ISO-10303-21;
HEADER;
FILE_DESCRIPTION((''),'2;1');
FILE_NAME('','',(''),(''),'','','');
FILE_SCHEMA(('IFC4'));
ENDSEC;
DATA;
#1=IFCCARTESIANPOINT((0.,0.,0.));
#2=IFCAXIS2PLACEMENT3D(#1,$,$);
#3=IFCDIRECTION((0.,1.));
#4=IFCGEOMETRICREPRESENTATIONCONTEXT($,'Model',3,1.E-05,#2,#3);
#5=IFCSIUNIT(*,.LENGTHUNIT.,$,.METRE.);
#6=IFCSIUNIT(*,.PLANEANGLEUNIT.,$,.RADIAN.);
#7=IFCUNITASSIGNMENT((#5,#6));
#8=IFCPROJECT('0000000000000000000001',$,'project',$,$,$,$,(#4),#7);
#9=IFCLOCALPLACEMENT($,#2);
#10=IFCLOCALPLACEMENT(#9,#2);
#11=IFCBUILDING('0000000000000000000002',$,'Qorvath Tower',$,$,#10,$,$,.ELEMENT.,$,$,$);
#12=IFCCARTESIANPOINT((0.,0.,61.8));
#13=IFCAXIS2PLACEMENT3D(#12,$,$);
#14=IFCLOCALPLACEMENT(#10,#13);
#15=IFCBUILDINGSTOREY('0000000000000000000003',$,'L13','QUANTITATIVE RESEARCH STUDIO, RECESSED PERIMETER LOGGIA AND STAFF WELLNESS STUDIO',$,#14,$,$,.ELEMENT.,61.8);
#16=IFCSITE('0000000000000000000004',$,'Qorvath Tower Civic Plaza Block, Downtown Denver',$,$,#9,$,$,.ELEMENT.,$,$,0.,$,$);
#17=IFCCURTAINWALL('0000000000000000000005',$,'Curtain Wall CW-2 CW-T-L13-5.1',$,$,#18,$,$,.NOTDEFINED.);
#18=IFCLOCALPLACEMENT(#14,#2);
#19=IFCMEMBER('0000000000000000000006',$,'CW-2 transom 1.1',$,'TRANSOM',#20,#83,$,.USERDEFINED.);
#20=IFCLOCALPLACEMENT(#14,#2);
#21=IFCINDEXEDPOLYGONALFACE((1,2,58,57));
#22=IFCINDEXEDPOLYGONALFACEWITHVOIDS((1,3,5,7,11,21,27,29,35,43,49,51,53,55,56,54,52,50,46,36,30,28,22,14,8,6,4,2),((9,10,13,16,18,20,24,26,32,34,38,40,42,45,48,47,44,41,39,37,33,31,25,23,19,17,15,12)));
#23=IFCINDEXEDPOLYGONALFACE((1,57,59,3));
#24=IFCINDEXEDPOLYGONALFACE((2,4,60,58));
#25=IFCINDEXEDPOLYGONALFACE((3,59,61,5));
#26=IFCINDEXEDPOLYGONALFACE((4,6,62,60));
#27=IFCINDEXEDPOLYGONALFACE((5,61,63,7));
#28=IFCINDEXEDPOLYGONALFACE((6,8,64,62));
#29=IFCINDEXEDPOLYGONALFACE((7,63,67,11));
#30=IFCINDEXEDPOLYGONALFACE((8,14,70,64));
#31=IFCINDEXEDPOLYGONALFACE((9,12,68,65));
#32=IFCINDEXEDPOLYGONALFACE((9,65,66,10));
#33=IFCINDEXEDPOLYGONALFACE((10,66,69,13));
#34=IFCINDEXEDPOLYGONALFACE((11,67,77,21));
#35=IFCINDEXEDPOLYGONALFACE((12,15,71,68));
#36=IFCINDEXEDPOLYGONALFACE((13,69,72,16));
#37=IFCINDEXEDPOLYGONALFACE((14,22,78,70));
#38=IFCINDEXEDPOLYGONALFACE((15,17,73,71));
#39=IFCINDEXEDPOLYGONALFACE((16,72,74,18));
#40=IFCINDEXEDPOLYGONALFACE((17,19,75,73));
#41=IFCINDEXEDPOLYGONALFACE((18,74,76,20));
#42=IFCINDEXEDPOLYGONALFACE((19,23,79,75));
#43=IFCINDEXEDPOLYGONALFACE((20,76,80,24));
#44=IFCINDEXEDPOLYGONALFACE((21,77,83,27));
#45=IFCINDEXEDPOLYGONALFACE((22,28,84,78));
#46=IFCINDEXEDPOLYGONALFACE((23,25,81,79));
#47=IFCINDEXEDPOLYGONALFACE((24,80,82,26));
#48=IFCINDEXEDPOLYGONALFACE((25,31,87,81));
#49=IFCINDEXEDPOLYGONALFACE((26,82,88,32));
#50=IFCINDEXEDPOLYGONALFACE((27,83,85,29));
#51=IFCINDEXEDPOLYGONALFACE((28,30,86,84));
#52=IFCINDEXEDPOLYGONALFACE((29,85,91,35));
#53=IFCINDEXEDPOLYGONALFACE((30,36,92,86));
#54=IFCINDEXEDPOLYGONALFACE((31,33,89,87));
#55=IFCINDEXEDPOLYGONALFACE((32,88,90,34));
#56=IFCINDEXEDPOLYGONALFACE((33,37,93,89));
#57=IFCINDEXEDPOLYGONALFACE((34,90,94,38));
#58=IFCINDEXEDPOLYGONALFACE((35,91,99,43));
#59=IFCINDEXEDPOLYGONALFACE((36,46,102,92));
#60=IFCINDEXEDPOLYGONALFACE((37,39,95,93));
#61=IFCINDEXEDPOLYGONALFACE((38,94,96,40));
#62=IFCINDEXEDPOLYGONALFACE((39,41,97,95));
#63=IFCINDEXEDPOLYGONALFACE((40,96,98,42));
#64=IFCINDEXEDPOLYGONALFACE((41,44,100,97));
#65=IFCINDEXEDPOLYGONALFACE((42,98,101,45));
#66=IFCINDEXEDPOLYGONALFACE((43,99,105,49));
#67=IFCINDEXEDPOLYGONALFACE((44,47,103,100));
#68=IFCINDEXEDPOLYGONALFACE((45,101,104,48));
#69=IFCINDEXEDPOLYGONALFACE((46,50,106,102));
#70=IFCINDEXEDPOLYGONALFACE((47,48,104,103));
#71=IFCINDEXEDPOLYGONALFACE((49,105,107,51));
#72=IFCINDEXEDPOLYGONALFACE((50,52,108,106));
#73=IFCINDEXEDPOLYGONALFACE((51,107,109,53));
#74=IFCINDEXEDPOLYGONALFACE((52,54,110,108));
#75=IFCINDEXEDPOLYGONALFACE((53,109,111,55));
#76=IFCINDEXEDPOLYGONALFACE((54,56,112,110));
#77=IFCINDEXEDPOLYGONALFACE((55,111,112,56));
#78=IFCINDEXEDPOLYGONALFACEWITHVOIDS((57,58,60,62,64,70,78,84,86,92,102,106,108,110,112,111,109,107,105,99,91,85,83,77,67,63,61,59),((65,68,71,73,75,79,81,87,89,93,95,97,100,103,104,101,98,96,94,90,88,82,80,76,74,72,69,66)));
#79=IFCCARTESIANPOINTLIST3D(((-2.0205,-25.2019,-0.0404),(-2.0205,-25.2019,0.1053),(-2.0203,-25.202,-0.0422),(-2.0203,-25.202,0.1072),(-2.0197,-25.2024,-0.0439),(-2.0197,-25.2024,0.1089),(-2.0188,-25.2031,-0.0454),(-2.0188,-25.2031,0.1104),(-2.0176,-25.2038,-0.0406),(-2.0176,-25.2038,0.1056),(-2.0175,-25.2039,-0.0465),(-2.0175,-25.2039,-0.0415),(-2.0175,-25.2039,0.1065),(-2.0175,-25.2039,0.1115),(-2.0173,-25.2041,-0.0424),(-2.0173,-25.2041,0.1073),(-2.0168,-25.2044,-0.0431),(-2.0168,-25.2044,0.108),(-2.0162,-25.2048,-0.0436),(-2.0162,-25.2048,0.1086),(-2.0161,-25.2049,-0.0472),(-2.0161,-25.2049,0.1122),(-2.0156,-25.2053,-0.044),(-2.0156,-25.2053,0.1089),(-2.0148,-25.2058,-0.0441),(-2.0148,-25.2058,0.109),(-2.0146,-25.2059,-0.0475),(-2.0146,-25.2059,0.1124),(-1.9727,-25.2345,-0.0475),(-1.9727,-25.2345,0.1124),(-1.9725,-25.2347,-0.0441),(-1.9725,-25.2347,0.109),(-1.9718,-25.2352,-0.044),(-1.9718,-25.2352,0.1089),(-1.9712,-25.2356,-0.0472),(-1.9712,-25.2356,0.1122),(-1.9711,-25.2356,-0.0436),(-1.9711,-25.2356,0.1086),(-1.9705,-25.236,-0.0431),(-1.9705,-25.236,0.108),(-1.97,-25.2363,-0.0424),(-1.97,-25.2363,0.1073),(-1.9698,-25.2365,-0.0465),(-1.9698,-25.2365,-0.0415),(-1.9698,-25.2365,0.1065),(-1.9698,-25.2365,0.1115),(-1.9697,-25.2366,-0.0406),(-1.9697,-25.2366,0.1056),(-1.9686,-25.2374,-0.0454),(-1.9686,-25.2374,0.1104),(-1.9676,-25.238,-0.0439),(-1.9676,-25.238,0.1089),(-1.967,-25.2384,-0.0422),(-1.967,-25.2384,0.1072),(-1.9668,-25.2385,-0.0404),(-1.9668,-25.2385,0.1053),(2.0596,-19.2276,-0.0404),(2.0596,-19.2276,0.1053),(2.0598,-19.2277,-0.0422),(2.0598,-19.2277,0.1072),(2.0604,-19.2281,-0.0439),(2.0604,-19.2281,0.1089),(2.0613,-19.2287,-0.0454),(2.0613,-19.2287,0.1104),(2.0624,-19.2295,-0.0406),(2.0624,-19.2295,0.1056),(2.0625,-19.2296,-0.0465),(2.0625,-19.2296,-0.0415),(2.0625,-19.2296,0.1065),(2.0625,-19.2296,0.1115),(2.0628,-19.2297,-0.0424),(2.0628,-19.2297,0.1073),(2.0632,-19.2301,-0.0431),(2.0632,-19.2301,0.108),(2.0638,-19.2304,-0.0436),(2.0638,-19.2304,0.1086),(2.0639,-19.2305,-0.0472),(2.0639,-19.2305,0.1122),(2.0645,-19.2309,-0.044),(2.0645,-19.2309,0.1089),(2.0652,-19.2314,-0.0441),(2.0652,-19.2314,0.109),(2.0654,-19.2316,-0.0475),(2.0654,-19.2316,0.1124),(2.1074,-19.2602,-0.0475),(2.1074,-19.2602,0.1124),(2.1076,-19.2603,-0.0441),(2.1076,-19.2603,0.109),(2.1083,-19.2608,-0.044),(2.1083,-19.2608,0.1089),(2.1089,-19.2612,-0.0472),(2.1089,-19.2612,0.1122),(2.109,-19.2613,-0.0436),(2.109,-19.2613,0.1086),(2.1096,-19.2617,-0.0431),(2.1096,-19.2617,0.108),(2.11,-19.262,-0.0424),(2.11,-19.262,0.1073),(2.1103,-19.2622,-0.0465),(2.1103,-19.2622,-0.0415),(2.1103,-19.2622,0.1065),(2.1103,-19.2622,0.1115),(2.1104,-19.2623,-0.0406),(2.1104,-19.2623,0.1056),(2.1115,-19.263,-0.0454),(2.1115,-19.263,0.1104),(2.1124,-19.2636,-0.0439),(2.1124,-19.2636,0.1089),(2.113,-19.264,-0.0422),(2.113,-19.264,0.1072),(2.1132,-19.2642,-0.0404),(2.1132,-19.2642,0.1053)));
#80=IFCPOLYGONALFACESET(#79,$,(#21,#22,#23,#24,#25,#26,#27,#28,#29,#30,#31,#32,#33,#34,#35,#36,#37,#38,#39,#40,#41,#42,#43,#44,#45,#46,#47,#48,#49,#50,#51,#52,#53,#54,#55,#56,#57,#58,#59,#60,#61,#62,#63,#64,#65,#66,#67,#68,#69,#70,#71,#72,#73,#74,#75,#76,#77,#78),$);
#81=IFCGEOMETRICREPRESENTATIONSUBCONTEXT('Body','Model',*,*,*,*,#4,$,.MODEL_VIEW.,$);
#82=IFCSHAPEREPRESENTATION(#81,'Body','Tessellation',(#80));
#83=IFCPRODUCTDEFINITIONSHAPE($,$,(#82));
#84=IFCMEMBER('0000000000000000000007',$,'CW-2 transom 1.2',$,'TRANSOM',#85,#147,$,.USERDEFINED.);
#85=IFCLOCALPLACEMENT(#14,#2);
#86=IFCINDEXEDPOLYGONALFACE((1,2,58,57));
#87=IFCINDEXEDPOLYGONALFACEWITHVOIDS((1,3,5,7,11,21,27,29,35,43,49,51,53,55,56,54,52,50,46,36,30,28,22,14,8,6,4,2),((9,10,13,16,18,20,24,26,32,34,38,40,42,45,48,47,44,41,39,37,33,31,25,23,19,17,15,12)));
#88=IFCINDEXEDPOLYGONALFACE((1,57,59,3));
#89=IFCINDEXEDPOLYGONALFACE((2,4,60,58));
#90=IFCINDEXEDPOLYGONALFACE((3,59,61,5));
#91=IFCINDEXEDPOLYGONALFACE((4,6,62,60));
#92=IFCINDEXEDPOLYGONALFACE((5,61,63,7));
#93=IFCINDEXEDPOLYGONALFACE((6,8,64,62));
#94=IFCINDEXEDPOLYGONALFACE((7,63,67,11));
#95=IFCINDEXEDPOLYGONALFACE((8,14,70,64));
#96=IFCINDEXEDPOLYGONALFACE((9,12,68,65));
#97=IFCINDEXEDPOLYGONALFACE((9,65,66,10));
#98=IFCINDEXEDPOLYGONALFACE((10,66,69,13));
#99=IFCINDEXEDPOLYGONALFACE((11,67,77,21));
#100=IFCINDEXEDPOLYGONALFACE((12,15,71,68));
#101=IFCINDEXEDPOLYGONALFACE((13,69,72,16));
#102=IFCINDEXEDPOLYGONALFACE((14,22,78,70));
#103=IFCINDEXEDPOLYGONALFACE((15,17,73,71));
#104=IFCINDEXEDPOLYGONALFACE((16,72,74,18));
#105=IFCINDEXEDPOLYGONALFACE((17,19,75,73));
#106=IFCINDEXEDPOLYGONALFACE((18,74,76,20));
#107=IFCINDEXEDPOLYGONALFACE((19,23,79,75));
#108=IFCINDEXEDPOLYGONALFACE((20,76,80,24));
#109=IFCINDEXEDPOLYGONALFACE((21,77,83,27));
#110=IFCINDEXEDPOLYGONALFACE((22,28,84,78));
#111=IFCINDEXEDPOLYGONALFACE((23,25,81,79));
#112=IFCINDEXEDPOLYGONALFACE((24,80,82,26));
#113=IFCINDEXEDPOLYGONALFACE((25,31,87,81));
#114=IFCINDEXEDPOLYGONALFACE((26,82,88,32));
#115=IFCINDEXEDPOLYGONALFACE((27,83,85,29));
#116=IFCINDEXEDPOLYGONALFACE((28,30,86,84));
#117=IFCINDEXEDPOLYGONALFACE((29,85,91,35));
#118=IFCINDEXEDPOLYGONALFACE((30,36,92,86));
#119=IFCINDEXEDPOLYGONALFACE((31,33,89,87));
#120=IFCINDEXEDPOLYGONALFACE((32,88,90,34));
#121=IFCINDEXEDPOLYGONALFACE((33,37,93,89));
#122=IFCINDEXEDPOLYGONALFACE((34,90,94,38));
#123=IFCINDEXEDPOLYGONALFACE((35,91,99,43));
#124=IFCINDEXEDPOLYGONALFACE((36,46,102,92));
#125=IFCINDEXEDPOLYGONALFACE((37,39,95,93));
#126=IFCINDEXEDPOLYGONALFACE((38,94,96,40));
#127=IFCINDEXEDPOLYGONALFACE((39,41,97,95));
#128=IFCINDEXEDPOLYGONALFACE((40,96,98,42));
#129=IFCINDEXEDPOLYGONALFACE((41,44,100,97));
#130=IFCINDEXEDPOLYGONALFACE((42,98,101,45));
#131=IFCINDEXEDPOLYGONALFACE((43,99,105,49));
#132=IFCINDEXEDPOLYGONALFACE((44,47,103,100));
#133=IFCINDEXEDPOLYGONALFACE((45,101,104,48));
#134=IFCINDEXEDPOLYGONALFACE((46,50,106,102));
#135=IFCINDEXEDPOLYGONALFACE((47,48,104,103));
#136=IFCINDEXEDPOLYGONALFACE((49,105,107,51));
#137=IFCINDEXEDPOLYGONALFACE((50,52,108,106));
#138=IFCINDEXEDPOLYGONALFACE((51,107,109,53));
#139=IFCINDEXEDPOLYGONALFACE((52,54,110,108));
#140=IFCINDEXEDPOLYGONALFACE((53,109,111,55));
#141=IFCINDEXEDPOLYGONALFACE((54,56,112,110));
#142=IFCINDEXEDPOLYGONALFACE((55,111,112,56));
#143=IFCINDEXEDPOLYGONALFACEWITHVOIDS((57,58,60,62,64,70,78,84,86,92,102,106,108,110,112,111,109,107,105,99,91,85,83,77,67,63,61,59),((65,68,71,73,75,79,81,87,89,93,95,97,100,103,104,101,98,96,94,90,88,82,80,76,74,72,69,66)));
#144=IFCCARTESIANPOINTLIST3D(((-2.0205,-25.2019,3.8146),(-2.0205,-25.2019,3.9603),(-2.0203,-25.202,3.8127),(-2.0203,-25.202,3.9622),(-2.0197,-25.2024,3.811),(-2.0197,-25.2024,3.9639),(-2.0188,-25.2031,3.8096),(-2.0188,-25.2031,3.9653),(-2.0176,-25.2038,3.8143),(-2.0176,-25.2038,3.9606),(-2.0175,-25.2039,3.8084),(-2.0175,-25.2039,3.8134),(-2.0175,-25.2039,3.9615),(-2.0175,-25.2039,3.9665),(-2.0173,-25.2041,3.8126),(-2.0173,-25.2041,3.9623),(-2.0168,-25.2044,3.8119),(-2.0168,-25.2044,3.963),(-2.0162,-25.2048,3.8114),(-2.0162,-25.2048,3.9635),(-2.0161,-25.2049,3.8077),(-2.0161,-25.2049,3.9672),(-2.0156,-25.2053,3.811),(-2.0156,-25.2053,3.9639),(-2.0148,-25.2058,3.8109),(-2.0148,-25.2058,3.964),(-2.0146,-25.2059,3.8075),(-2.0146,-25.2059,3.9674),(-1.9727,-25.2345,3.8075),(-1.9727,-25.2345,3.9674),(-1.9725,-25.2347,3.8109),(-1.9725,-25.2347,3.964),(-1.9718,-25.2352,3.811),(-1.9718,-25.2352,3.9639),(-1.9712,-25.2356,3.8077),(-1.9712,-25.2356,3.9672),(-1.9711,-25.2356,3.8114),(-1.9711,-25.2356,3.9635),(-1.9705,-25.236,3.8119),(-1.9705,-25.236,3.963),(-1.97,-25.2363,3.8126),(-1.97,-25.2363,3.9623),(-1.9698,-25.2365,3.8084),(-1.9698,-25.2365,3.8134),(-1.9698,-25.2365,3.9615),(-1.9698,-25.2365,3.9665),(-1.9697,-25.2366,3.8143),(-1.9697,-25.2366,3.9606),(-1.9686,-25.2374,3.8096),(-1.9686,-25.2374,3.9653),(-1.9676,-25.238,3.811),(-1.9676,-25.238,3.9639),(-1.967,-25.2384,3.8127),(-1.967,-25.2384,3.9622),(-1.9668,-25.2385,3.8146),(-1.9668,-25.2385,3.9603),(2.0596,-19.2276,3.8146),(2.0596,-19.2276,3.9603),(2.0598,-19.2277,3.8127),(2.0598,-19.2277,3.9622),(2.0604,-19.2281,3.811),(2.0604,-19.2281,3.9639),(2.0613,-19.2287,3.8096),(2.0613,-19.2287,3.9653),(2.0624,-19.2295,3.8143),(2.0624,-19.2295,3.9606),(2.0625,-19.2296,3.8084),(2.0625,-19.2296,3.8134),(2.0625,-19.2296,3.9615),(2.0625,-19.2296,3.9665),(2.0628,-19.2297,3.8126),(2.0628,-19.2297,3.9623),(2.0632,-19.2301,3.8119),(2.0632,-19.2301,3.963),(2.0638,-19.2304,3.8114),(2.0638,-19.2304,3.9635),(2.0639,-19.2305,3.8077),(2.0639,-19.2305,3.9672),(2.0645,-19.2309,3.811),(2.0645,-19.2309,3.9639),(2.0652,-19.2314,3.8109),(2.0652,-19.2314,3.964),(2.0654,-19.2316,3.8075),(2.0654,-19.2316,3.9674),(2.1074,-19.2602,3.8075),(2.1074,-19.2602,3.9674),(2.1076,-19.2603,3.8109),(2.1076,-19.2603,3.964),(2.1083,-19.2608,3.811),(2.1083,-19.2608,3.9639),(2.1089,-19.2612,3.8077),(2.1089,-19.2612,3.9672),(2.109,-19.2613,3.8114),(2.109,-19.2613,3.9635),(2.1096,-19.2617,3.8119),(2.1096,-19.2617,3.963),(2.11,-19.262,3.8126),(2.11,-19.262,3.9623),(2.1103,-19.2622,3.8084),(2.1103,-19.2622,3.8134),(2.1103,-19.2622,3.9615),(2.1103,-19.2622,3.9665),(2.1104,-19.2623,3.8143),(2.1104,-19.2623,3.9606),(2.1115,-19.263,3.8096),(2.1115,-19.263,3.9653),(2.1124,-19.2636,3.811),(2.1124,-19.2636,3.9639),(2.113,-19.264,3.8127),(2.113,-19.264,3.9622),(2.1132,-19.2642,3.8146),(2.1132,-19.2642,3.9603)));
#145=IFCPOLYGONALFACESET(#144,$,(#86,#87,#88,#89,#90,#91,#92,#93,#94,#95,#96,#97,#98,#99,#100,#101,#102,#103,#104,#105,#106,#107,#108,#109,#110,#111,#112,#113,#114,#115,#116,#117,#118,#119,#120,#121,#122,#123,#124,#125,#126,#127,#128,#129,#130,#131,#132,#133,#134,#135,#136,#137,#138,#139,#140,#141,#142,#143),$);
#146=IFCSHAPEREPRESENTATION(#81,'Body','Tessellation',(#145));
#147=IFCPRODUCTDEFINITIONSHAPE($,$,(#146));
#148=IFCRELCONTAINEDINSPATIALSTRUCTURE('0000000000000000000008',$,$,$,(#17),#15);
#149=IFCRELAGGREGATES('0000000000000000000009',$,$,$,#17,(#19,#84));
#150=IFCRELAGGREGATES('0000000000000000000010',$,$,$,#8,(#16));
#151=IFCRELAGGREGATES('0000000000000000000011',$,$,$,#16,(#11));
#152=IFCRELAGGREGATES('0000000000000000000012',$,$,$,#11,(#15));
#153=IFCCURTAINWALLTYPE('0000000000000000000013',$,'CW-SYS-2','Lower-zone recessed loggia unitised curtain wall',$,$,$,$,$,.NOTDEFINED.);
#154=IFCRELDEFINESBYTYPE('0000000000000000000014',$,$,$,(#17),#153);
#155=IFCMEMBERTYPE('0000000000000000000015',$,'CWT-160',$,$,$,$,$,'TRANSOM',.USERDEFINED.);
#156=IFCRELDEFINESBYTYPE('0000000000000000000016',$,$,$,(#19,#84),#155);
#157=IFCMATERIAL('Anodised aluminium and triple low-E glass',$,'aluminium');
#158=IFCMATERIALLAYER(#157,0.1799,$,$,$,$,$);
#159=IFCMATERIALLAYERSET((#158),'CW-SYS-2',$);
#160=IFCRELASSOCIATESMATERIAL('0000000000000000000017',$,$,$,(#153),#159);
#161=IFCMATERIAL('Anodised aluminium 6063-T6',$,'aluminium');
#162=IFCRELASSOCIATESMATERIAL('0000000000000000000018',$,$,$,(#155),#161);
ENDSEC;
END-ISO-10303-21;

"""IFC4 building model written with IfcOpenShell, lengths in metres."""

from ifc_helpers import new_model, si_unit, direction, frame, origin, origin_2d, place, context, subcontext, project, spatial, hollow_rectangle, extrude, material, layer, layer_set, material_profile, profile_set, type_object, element, aggregate, save


model = new_model("IFC4")

# Units and contexts
model_context = context("Model", 3, precision=1e-05, world=origin(), true_north=direction((0.0, 1.0)))
body_context = subcontext(model_context, "Body", "Model", "MODEL_VIEW")
ifc_project = project(units=[si_unit("LENGTHUNIT", "METRE"), si_unit("PLANEANGLEUNIT", "RADIAN")], contexts=[model_context])

# Site, building, storey
site_placement = place(None, origin())
site = spatial("IfcSite", under=ifc_project, at=site_placement, Name="Qorvath Tower Civic Plaza Block, Downtown Denver", CompositionType="ELEMENT", RefElevation=0.0)
building_placement = place(site_placement, origin())
building = spatial("IfcBuilding", under=site, at=building_placement, Name="Qorvath Tower", CompositionType="ELEMENT")
storey_placement = place(building_placement, frame((0.0, 0.0, 61.8)))
storey = spatial("IfcBuildingStorey", under=building, at=storey_placement, Name="L13", Description="QUANTITATIVE RESEARCH STUDIO, RECESSED PERIMETER LOGGIA AND STAFF WELLNESS STUDIO", CompositionType="ELEMENT", Elevation=61.8)

# Shared definitions
ifc_material_1 = material(Name="Anodised aluminium and triple low-E glass", Category="aluminium")
ifc_layer_1 = layer(ifc_material_1, 0.1799)
ifc_layer_set_1 = layer_set([ifc_layer_1], Name="CW-SYS-2")
curtain_wall_type = type_object("IfcCurtainWallType", Name="CW-SYS-2", Description="Lower-zone recessed loggia unitised curtain wall", PredefinedType="NOTDEFINED", material=ifc_layer_set_1)

# Curtain wall
curtain_wall_1_placement = place(storey_placement, origin())
curtain_wall_1 = element("IfcCurtainWall", 1, at=curtain_wall_1_placement, inside=storey, type_object=curtain_wall_type, Name="Curtain Wall CW-2 CW-T-L13-5.1", PredefinedType="NOTDEFINED")

# Members
ifc_material_2 = material(Name="Anodised aluminium 6063-T6", Category="aluminium")
ifc_material_profile_1 = material_profile(ifc_material_2, hollow_rectangle(XDim=0.0649, YDim=0.1599, WallThickness=0.0034, InnerFilletRadius=0.0034, OuterFilletRadius=0.0071, at=origin_2d()), Name="CWT 160x65")
ifc_profile_set_1 = profile_set([ifc_material_profile_1], Name="Anodised aluminium 6063-T6")
member_type_1 = type_object("IfcMemberType", Name="CWT-160", ElementType="TRANSOM", PredefinedType="USERDEFINED", material=ifc_profile_set_1)
member_1_placement = place(storey_placement, frame((-1.9937, -25.2202, 0.0325), z_axis=(0.563964, 0.825799, 0.0), x_axis=(-0.825799, 0.563964, 0.0)))
member_1 = element("IfcMember", 2, at=member_1_placement, type_object=member_type_1, Name="CW-2 transom 1.1", ObjectType="TRANSOM", PredefinedType="USERDEFINED", context=body_context, shape_type="SweptSolid", body=[
    extrude(hollow_rectangle(XDim=0.0649, YDim=0.1599, WallThickness=0.0034, InnerFilletRadius=0.0034, OuterFilletRadius=0.0071, at=origin_2d()), origin(), (0.0, 0.0, 1.0), 7.2346),
])
member_2_placement = place(storey_placement, frame((-1.9937, -25.2202, 3.8875), z_axis=(0.563964, 0.825799, 0.0), x_axis=(-0.825799, 0.563964, 0.0)))
member_2 = element("IfcMember", 3, at=member_2_placement, type_object=member_type_1, Name="CW-2 transom 1.2", ObjectType="TRANSOM", PredefinedType="USERDEFINED", context=body_context, shape_type="SweptSolid", body=[
    extrude(hollow_rectangle(XDim=0.0649, YDim=0.1599, WallThickness=0.0034, InnerFilletRadius=0.0034, OuterFilletRadius=0.0071, at=origin_2d()), origin(), (0.0, 0.0, 1.0), 7.2346),
])

aggregate(curtain_wall_1, [member_1, member_2])

save(model, "model.ifc")
